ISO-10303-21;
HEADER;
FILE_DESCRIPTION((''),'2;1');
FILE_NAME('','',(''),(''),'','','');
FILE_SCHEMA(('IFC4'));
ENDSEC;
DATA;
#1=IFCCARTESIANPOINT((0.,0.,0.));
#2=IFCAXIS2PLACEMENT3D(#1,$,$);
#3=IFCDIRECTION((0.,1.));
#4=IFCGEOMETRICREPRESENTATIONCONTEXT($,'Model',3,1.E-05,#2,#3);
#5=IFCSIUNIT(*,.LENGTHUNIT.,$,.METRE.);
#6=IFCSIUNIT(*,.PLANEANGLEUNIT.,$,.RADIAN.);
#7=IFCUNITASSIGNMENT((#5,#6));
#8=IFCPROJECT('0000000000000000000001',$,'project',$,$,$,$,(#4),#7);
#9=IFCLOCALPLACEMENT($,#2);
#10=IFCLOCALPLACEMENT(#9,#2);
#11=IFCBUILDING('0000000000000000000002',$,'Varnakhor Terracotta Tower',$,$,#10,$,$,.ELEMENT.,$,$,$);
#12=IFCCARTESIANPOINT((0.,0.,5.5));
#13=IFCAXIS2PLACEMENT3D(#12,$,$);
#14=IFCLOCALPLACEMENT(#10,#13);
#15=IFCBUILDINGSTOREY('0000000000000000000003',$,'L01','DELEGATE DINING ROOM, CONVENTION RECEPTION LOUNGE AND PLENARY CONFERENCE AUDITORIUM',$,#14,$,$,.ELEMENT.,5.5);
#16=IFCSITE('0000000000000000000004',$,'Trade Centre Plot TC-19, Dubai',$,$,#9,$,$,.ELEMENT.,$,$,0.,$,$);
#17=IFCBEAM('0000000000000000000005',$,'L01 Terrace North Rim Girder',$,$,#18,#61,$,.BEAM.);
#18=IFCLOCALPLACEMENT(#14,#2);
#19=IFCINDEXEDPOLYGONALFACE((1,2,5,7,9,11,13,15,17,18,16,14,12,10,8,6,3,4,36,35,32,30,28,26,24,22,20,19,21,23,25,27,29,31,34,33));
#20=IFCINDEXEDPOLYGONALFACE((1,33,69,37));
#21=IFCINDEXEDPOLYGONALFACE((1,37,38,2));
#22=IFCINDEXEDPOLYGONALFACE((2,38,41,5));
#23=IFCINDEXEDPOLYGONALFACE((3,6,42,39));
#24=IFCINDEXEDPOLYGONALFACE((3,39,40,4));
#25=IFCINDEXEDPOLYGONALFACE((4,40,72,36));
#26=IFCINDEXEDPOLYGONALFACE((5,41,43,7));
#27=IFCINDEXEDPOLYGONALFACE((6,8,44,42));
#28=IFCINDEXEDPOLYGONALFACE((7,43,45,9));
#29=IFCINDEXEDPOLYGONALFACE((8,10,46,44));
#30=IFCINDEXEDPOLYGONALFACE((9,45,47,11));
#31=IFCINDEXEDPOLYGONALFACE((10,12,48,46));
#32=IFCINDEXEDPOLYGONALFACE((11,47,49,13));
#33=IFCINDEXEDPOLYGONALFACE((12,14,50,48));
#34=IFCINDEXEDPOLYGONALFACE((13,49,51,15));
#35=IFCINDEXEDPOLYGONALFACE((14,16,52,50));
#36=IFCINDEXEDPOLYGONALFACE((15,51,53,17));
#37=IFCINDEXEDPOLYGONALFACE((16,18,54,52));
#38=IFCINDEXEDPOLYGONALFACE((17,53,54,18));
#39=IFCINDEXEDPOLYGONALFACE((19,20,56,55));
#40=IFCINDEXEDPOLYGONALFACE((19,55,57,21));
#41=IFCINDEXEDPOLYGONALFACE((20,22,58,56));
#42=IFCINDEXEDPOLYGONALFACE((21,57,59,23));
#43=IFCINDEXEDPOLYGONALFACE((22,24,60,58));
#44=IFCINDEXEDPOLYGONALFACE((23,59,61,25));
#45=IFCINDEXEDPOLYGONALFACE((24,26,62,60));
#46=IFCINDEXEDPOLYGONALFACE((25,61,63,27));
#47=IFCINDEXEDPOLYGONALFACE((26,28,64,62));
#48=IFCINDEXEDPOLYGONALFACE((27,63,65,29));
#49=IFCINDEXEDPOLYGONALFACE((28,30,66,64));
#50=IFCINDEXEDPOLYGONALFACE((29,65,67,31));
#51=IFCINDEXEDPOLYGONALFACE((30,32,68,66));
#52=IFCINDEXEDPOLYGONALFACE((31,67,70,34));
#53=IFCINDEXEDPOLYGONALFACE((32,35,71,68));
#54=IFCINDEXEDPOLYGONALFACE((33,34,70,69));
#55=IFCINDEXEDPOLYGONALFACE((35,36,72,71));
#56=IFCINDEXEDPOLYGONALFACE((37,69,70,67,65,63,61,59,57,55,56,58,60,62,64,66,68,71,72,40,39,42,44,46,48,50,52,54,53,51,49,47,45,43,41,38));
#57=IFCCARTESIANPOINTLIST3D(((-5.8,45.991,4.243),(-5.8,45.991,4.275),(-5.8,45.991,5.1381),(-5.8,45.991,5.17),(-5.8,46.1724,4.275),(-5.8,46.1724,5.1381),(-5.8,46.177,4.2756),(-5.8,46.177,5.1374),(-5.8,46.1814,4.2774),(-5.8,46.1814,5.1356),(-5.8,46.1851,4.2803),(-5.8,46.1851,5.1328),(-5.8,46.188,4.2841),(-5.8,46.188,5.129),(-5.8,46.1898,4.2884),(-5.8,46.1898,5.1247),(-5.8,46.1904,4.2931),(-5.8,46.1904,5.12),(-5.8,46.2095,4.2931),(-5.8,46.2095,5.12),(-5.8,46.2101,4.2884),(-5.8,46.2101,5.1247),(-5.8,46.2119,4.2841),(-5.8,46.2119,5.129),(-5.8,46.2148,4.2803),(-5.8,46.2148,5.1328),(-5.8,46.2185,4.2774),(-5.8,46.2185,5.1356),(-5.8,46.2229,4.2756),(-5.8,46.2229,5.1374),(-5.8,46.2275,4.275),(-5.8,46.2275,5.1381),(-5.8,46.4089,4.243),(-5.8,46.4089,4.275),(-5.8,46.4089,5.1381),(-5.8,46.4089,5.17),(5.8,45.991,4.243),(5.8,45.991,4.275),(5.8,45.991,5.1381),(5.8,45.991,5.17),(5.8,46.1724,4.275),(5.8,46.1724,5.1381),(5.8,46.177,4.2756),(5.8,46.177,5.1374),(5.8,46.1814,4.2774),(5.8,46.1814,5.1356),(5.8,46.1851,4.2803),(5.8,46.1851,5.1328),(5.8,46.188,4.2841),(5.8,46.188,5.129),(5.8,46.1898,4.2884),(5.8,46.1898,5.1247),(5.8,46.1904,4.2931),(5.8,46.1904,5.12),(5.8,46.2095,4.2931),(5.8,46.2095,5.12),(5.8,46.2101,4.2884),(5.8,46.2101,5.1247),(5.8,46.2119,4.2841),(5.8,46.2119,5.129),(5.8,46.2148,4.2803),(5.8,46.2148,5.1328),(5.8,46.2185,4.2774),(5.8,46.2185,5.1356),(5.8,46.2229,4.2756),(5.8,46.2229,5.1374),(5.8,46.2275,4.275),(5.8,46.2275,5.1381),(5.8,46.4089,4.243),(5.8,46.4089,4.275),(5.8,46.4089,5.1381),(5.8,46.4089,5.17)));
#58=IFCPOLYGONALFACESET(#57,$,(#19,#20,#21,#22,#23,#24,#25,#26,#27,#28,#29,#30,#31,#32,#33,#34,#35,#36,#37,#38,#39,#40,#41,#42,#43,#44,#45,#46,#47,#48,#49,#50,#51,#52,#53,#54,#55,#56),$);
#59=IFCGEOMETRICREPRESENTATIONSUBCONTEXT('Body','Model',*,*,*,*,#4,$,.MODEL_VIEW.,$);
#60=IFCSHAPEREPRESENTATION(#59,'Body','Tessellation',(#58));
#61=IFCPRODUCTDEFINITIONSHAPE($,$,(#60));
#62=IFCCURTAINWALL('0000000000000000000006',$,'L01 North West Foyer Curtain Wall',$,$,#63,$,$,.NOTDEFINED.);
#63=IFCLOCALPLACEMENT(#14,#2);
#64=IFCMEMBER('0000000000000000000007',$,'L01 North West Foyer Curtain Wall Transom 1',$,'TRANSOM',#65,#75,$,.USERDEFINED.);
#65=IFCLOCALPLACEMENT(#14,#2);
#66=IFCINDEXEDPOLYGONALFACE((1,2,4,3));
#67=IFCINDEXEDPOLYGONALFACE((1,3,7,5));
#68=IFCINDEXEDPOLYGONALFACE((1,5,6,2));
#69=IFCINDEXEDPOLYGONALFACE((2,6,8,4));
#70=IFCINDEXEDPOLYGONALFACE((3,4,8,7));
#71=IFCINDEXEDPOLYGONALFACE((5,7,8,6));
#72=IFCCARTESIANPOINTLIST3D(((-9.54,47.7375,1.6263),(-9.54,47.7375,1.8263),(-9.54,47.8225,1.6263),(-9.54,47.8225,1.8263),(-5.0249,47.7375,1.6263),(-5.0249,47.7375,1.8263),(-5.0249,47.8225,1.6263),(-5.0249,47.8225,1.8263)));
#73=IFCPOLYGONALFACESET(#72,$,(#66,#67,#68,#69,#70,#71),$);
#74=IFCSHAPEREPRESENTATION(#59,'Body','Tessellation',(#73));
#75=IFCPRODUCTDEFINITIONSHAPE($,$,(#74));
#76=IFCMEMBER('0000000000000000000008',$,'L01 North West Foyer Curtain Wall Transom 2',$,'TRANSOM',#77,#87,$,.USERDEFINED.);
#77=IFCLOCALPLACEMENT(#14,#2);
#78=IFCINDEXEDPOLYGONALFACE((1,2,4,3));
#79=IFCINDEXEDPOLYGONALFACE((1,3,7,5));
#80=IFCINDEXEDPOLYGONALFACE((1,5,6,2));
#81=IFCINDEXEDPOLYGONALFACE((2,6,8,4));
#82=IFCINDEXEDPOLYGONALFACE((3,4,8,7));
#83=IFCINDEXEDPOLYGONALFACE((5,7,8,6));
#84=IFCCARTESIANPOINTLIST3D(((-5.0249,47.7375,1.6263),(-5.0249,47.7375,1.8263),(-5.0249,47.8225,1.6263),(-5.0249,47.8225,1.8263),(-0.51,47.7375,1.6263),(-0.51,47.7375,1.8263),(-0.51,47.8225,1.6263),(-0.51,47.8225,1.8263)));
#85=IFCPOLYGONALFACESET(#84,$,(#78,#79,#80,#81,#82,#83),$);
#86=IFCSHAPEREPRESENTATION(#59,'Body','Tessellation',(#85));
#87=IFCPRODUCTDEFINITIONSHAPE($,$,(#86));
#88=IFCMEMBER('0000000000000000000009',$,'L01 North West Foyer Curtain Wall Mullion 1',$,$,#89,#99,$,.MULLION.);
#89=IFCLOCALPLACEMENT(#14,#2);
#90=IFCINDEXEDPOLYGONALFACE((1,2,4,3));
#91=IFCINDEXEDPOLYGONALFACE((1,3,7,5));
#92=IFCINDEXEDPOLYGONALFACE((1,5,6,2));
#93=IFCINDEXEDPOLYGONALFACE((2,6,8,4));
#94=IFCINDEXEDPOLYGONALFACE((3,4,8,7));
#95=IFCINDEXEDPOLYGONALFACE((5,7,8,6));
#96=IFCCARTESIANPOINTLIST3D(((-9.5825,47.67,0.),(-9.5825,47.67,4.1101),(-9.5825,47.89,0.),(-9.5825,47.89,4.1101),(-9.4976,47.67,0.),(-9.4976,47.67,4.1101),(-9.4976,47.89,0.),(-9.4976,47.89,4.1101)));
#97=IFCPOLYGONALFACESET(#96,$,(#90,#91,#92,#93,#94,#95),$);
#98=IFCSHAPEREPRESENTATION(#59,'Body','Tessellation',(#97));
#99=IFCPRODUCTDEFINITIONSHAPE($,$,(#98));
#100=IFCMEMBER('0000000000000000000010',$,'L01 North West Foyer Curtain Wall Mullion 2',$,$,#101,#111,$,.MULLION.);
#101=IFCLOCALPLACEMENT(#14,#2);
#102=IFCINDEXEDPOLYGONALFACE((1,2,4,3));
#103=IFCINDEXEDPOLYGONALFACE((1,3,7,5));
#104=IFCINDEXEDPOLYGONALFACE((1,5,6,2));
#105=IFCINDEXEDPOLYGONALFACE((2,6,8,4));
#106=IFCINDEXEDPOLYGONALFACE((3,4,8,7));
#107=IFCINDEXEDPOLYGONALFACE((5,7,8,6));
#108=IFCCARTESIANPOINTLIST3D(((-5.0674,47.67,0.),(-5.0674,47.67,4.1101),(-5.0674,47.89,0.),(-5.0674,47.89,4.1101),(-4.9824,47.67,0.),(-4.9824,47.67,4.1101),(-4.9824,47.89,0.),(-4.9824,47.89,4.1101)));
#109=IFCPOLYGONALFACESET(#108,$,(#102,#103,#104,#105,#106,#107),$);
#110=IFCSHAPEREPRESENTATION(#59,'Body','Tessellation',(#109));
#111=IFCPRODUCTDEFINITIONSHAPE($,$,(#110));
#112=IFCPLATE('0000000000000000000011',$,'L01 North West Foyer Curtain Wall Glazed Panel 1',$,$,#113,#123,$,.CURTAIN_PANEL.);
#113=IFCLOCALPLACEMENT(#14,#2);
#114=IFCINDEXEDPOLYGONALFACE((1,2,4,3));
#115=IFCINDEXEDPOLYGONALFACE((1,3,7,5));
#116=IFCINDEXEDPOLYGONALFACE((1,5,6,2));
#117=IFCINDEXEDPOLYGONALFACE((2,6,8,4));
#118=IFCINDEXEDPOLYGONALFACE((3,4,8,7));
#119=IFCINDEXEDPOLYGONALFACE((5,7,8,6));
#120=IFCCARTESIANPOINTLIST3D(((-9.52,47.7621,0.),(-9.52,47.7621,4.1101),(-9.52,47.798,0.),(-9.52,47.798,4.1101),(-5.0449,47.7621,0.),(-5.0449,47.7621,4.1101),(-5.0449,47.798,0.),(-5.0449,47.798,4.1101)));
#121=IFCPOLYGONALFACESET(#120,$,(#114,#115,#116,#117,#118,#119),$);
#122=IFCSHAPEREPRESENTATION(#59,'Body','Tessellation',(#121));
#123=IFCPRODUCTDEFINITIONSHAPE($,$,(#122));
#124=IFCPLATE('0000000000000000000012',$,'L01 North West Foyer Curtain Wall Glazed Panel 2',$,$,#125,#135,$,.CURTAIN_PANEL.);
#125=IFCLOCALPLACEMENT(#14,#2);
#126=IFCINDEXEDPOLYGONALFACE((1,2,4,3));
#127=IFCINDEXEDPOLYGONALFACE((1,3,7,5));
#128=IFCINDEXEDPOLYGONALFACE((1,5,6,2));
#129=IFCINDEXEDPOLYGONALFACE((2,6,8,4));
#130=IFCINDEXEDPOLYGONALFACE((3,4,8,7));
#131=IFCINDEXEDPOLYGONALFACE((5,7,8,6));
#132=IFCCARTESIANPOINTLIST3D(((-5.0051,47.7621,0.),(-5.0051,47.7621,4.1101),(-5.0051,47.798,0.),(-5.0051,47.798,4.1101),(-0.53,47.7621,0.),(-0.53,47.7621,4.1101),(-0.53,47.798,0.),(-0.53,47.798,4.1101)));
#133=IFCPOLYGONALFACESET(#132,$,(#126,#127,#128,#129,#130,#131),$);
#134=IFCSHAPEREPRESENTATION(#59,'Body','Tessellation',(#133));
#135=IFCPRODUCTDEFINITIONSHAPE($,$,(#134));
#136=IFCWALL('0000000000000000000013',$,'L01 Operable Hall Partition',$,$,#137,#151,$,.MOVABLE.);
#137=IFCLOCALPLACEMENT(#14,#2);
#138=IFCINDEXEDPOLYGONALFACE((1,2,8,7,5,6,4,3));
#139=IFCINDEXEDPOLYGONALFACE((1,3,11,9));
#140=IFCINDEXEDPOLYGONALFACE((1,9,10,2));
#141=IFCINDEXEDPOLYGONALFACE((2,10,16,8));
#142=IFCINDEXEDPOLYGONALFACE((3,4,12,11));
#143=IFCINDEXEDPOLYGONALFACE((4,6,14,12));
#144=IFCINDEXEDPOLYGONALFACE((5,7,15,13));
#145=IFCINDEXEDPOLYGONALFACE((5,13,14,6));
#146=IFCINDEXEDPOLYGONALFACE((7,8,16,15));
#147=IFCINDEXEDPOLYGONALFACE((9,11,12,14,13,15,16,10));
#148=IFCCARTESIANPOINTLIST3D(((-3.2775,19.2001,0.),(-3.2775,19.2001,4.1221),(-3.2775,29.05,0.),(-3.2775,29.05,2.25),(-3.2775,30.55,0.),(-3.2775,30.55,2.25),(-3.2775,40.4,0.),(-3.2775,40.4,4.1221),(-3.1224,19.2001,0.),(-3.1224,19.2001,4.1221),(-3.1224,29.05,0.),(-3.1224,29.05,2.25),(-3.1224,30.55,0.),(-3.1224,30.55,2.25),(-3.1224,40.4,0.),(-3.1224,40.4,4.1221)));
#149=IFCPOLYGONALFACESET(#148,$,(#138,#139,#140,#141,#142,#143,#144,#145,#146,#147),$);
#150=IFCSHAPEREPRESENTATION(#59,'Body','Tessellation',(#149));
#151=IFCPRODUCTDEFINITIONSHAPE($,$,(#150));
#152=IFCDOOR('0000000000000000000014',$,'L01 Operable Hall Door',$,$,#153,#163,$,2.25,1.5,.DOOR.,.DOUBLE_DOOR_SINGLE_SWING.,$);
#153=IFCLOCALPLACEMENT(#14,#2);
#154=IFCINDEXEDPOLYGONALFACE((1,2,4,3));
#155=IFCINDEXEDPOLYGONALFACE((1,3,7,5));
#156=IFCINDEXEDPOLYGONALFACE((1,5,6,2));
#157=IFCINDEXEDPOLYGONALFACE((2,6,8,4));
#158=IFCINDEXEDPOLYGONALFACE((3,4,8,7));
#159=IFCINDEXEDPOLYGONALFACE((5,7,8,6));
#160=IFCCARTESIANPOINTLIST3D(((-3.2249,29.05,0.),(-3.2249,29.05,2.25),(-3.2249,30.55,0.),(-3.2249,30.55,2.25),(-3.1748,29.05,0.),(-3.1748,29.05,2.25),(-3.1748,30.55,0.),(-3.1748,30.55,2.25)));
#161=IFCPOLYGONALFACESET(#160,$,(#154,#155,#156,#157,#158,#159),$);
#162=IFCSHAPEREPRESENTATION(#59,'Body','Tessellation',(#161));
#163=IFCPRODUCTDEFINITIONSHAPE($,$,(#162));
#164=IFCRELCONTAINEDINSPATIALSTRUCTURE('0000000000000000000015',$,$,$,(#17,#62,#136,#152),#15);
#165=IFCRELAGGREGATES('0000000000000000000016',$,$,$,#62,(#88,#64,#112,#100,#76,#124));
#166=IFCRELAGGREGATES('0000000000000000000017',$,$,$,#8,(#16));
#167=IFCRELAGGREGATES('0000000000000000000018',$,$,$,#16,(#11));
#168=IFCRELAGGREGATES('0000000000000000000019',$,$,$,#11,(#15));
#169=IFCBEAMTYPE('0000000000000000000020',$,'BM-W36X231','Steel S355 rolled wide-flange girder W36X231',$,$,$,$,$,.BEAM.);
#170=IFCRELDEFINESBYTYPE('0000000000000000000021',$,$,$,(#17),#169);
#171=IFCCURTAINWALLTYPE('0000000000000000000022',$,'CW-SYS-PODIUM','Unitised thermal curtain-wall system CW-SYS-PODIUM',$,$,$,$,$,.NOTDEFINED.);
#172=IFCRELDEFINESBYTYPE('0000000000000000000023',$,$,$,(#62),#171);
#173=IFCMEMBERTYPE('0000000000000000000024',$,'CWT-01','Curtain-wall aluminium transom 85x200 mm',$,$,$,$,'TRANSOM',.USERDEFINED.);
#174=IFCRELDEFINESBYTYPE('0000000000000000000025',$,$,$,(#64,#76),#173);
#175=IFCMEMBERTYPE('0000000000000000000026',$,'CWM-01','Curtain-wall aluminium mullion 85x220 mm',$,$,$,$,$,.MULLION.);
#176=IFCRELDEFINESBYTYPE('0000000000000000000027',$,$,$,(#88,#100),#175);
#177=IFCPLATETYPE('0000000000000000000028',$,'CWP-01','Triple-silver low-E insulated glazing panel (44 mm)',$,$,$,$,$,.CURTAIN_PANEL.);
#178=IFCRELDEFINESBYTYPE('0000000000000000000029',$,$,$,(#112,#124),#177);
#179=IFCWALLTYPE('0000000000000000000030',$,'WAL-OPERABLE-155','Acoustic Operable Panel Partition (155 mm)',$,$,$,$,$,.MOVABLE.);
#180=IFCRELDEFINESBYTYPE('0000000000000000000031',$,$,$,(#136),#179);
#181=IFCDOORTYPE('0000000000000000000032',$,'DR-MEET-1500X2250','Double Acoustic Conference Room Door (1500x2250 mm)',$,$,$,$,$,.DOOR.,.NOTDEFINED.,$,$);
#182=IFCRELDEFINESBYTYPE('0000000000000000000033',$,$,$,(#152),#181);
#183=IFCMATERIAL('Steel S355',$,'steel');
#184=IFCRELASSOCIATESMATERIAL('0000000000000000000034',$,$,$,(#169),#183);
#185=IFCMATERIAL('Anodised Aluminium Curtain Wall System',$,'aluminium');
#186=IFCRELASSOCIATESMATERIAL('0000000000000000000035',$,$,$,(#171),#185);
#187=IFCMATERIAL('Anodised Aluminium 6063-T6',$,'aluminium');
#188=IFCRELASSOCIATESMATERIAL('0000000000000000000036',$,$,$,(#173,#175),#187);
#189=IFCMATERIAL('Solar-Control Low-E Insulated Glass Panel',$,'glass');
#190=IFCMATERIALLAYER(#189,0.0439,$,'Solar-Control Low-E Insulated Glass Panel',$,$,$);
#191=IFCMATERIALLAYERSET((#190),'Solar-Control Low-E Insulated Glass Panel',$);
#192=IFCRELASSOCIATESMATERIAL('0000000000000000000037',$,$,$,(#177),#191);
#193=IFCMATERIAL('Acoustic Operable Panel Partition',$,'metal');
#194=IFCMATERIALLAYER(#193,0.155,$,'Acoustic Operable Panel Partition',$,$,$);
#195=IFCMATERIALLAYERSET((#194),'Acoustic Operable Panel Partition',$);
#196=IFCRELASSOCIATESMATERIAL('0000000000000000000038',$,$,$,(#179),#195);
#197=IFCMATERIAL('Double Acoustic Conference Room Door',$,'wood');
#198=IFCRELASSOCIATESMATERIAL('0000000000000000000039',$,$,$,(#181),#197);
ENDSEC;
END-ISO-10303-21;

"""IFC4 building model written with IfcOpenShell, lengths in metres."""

from ifc_helpers import new_model, si_unit, direction, frame, frame_2d, origin, origin_2d, place, context, subcontext, project, spatial, rectangle, i_section, extrude, source, transform, mapped, material, layer, layer_set, material_profile, profile_set, type_object, type_shapes, element, fill, aggregate, save


model = new_model("IFC4")

# Units and contexts
model_context = context("Model", 3, precision=1e-05, world=origin(), true_north=direction((0.0, 1.0)))
body_context = subcontext(model_context, "Body", "Model", "MODEL_VIEW")
ifc_project = project(units=[si_unit("LENGTHUNIT", "METRE"), si_unit("PLANEANGLEUNIT", "RADIAN")], contexts=[model_context])

# Site, building, storey
site_placement = place(None, origin())
site = spatial("IfcSite", under=ifc_project, at=site_placement, Name="Trade Centre Plot TC-19, Dubai", CompositionType="ELEMENT", RefElevation=0.0)
building_placement = place(site_placement, origin())
building = spatial("IfcBuilding", under=site, at=building_placement, Name="Varnakhor Terracotta Tower", CompositionType="ELEMENT")
storey_placement = place(building_placement, frame((0.0, 0.0, 5.5)))
storey = spatial("IfcBuildingStorey", under=building, at=storey_placement, Name="L01", Description="DELEGATE DINING ROOM, CONVENTION RECEPTION LOUNGE AND PLENARY CONFERENCE AUDITORIUM", CompositionType="ELEMENT", Elevation=5.5)

# Beam
ifc_material_1 = material(Name="Steel S355", Category="steel")
ifc_material_profile_1 = material_profile(ifc_material_1, i_section(OverallWidth=0.418, OverallDepth=0.927, WebThickness=0.019, FlangeThickness=0.032, FilletRadius=0.0181, at=origin_2d()), Name="W36X231")
ifc_profile_set_1 = profile_set([ifc_material_profile_1], Name="Steel S355")
beam_type_1 = type_object("IfcBeamType", Name="BM-W36X231", Description="Steel S355 rolled wide-flange girder W36X231", PredefinedType="BEAM", material=ifc_profile_set_1)
shared_shape_1 = source(origin(), body_context, "Body", "SweptSolid", [
    extrude(i_section(OverallWidth=0.418, OverallDepth=0.927, WebThickness=0.019, FlangeThickness=0.032, FilletRadius=0.0181, at=origin_2d()), origin(), (0.0, 0.0, 1.0), 11.6001),
])
beam_1_placement = place(storey_placement, frame((-5.8, 46.2, 4.7065), z_axis=(1.0, 0.0, 0.0), x_axis=(0.0, 1.0, 0.0)))
element("IfcBeam", 1, at=beam_1_placement, inside=storey, type_object=beam_type_1, Name="L01 Terrace North Rim Girder", PredefinedType="BEAM", context=body_context, shape_type="MappedRepresentation", body=[
    mapped(shared_shape_1, transform((0.0, 0.0, 0.0), scale=1.0)),
])

# Curtain wall, members, plates
ifc_material_2 = material(Name="Anodised Aluminium Curtain Wall System", Category="aluminium")
curtain_wall_type = type_object("IfcCurtainWallType", Name="CW-SYS-PODIUM", Description="Unitised thermal curtain-wall system CW-SYS-PODIUM", PredefinedType="NOTDEFINED", material=ifc_material_2)
curtain_wall_placement = place(storey_placement, origin())
curtain_wall = element("IfcCurtainWall", 2, at=curtain_wall_placement, inside=storey, type_object=curtain_wall_type, Name="L01 North West Foyer Curtain Wall", PredefinedType="NOTDEFINED")
ifc_material_3 = material(Name="Anodised Aluminium 6063-T6", Category="aluminium")
ifc_material_profile_2 = material_profile(ifc_material_3, rectangle(XDim=0.085, YDim=0.2, at=origin_2d()), Name="ALU TRANSOM 85x200")
ifc_profile_set_2 = profile_set([ifc_material_profile_2], Name="Anodised Aluminium 6063-T6")
member_type_1 = type_object("IfcMemberType", Name="CWT-01", Description="Curtain-wall aluminium transom 85x200 mm", ElementType="TRANSOM", PredefinedType="USERDEFINED", material=ifc_profile_set_2)
shared_shape_2 = source(origin(), body_context, "Body", "SweptSolid", [
    extrude(rectangle(XDim=0.085, YDim=0.2, at=origin_2d()), origin(), (0.0, 0.0, 1.0), 4.5151),
])
type_shapes(member_type_1, [shared_shape_2])
member_1_placement = place(storey_placement, frame((-9.54, 47.78, 1.7263), z_axis=(1.0, 0.0, 0.0), x_axis=(0.0, 1.0, 0.0)))
member_1 = element("IfcMember", 3, at=member_1_placement, type_object=member_type_1, Name="L01 North West Foyer Curtain Wall Transom 1", ObjectType="TRANSOM", PredefinedType="USERDEFINED", context=body_context, shape_type="MappedRepresentation", body=[
    mapped(shared_shape_2, transform((0.0, 0.0, 0.0), scale=1.0)),
])
shared_shape_3 = source(origin(), body_context, "Body", "SweptSolid", [
    extrude(rectangle(XDim=0.085, YDim=0.2, at=origin_2d()), origin(), (0.0, 0.0, 1.0), 4.5149),
])
member_2_placement = place(storey_placement, frame((-5.0249, 47.78, 1.7263), z_axis=(1.0, 0.0, 0.0), x_axis=(0.0, 1.0, 0.0)))
member_2 = element("IfcMember", 4, at=member_2_placement, type_object=member_type_1, Name="L01 North West Foyer Curtain Wall Transom 2", ObjectType="TRANSOM", PredefinedType="USERDEFINED", context=body_context, shape_type="MappedRepresentation", body=[
    mapped(shared_shape_3, transform((0.0, 0.0, 0.0), scale=1.0)),
])
ifc_material_profile_3 = material_profile(ifc_material_3, rectangle(XDim=0.085, YDim=0.22, at=origin_2d()), Name="ALU MULLION 85x220")
ifc_profile_set_3 = profile_set([ifc_material_profile_3], Name="Anodised Aluminium 6063-T6")
member_type_2 = type_object("IfcMemberType", Name="CWM-01", Description="Curtain-wall aluminium mullion 85x220 mm", PredefinedType="MULLION", material=ifc_profile_set_3)
shared_shape_4 = source(origin(), body_context, "Body", "SweptSolid", [
    extrude(rectangle(XDim=0.085, YDim=0.22, at=origin_2d()), origin(), (0.0, 0.0, 1.0), 4.1101),
])
member_3_placement = place(storey_placement, frame((-9.54, 47.78, 0.0), z_axis=(0.0, 0.0, 1.0), x_axis=(1.0, 0.0, 0.0)))
member_3 = element("IfcMember", 5, at=member_3_placement, type_object=member_type_2, Name="L01 North West Foyer Curtain Wall Mullion 1", PredefinedType="MULLION", context=body_context, shape_type="MappedRepresentation", body=[
    mapped(shared_shape_4, transform((0.0, 0.0, 0.0), scale=1.0)),
])
member_4_placement = place(storey_placement, frame((-5.0249, 47.78, 0.0), z_axis=(0.0, 0.0, 1.0), x_axis=(1.0, 0.0, 0.0)))
member_4 = element("IfcMember", 6, at=member_4_placement, type_object=member_type_2, Name="L01 North West Foyer Curtain Wall Mullion 2", PredefinedType="MULLION", context=body_context, shape_type="MappedRepresentation", body=[
    mapped(shared_shape_4, transform((0.0, 0.0, 0.0), scale=1.0)),
])
ifc_material_4 = material(Name="Solar-Control Low-E Insulated Glass Panel", Category="glass")
ifc_layer_1 = layer(ifc_material_4, 0.0439, Name="Solar-Control Low-E Insulated Glass Panel")
ifc_layer_set_1 = layer_set([ifc_layer_1], Name="Solar-Control Low-E Insulated Glass Panel")
plate_type = type_object("IfcPlateType", Name="CWP-01", Description="Triple-silver low-E insulated glazing panel (44 mm)", PredefinedType="CURTAIN_PANEL", material=ifc_layer_set_1)
shared_shape_5 = source(origin(), body_context, "Body", "SweptSolid", [
    extrude(rectangle(XDim=4.4751, YDim=0.0359, at=origin_2d()), origin(), (0.0, 0.0, 1.0), 4.1101),
])
plate_1_placement = place(storey_placement, frame((-7.2825, 47.78, 0.0), z_axis=(0.0, 0.0, 1.0), x_axis=(1.0, 0.0, 0.0)))
plate_1 = element("IfcPlate", 7, at=plate_1_placement, type_object=plate_type, Name="L01 North West Foyer Curtain Wall Glazed Panel 1", PredefinedType="CURTAIN_PANEL", context=body_context, shape_type="MappedRepresentation", body=[
    mapped(shared_shape_5, transform((0.0, 0.0, 0.0), scale=1.0)),
])
plate_2_placement = place(storey_placement, frame((-2.7676, 47.78, 0.0), z_axis=(0.0, 0.0, 1.0), x_axis=(1.0, 0.0, 0.0)))
plate_2 = element("IfcPlate", 8, at=plate_2_placement, type_object=plate_type, Name="L01 North West Foyer Curtain Wall Glazed Panel 2", PredefinedType="CURTAIN_PANEL", context=body_context, shape_type="MappedRepresentation", body=[
    mapped(shared_shape_5, transform((0.0, 0.0, 0.0), scale=1.0)),
])
aggregate(curtain_wall, [member_3, member_1, plate_1, member_4, member_2, plate_2])

# Wall, opening, door
ifc_material_5 = material(Name="Acoustic Operable Panel Partition", Category="metal")
ifc_layer_2 = layer(ifc_material_5, 0.155, Name="Acoustic Operable Panel Partition")
ifc_layer_set_2 = layer_set([ifc_layer_2], Name="Acoustic Operable Panel Partition")
wall_type_1 = type_object("IfcWallType", Name="WAL-OPERABLE-155", Description="Acoustic Operable Panel Partition (155 mm)", PredefinedType="MOVABLE", material=ifc_layer_set_2)
wall_1_placement = place(storey_placement, frame((-3.2, 19.2, 0.0), z_axis=(0.0, 0.0, 1.0), x_axis=(0.0, 1.0, 0.0)))
wall_1 = element("IfcWall", 9, at=wall_1_placement, inside=storey, type_object=wall_type_1, Name="L01 Operable Hall Partition", PredefinedType="MOVABLE", context=body_context, shape_type="SweptSolid", body=[
    extrude(rectangle(XDim=21.2, YDim=0.155, at=frame_2d((10.6001, 0.0))), origin(), (0.0, 0.0, 1.0), 4.1221),
])
opening_1_placement = place(wall_1_placement, frame((9.8501, 0.0, 0.0)))
opening_1 = element("IfcOpeningElement", 10, at=opening_1_placement, cuts=wall_1, PredefinedType="OPENING", context=body_context, shape_type="SweptSolid", body=[
    extrude(rectangle(XDim=1.5, YDim=2.25, at=frame_2d((0.75, 1.125))), frame((0.0, 0.0874, 0.0), z_axis=(0.0, -1.0, 0.0), x_axis=(1.0, 0.0, 0.0)), (0.0, 0.0, 1.0), 0.175),
])
ifc_material_6 = material(Name="Double Acoustic Conference Room Door", Category="wood")
door_type = type_object("IfcDoorType", Name="DR-MEET-1500X2250", Description="Double Acoustic Conference Room Door (1500x2250 mm)", OperationType="NOTDEFINED", PredefinedType="DOOR", material=ifc_material_6)
shared_shape_6 = source(origin(), body_context, "Body", "SweptSolid", [
    extrude(rectangle(XDim=1.5, YDim=2.25, at=frame_2d((0.75, 1.125))), frame((0.0, 0.0249, 0.0), z_axis=(0.0, -1.0, 0.0), x_axis=(1.0, 0.0, 0.0)), (0.0, 0.0, 1.0), 0.05),
])
type_shapes(door_type, [shared_shape_6])
door_1_placement = place(opening_1_placement, origin())
door_1 = element("IfcDoor", 11, at=door_1_placement, inside=storey, type_object=door_type, Name="L01 Operable Hall Door", OperationType="DOUBLE_DOOR_SINGLE_SWING", OverallHeight=2.25, OverallWidth=1.5, PredefinedType="DOOR", context=body_context, shape_type="MappedRepresentation", body=[
    mapped(shared_shape_6, transform((0.0, 0.0, 0.0), scale=1.0)),
])
fill(opening_1, door_1)

save(model, "model.ifc")
